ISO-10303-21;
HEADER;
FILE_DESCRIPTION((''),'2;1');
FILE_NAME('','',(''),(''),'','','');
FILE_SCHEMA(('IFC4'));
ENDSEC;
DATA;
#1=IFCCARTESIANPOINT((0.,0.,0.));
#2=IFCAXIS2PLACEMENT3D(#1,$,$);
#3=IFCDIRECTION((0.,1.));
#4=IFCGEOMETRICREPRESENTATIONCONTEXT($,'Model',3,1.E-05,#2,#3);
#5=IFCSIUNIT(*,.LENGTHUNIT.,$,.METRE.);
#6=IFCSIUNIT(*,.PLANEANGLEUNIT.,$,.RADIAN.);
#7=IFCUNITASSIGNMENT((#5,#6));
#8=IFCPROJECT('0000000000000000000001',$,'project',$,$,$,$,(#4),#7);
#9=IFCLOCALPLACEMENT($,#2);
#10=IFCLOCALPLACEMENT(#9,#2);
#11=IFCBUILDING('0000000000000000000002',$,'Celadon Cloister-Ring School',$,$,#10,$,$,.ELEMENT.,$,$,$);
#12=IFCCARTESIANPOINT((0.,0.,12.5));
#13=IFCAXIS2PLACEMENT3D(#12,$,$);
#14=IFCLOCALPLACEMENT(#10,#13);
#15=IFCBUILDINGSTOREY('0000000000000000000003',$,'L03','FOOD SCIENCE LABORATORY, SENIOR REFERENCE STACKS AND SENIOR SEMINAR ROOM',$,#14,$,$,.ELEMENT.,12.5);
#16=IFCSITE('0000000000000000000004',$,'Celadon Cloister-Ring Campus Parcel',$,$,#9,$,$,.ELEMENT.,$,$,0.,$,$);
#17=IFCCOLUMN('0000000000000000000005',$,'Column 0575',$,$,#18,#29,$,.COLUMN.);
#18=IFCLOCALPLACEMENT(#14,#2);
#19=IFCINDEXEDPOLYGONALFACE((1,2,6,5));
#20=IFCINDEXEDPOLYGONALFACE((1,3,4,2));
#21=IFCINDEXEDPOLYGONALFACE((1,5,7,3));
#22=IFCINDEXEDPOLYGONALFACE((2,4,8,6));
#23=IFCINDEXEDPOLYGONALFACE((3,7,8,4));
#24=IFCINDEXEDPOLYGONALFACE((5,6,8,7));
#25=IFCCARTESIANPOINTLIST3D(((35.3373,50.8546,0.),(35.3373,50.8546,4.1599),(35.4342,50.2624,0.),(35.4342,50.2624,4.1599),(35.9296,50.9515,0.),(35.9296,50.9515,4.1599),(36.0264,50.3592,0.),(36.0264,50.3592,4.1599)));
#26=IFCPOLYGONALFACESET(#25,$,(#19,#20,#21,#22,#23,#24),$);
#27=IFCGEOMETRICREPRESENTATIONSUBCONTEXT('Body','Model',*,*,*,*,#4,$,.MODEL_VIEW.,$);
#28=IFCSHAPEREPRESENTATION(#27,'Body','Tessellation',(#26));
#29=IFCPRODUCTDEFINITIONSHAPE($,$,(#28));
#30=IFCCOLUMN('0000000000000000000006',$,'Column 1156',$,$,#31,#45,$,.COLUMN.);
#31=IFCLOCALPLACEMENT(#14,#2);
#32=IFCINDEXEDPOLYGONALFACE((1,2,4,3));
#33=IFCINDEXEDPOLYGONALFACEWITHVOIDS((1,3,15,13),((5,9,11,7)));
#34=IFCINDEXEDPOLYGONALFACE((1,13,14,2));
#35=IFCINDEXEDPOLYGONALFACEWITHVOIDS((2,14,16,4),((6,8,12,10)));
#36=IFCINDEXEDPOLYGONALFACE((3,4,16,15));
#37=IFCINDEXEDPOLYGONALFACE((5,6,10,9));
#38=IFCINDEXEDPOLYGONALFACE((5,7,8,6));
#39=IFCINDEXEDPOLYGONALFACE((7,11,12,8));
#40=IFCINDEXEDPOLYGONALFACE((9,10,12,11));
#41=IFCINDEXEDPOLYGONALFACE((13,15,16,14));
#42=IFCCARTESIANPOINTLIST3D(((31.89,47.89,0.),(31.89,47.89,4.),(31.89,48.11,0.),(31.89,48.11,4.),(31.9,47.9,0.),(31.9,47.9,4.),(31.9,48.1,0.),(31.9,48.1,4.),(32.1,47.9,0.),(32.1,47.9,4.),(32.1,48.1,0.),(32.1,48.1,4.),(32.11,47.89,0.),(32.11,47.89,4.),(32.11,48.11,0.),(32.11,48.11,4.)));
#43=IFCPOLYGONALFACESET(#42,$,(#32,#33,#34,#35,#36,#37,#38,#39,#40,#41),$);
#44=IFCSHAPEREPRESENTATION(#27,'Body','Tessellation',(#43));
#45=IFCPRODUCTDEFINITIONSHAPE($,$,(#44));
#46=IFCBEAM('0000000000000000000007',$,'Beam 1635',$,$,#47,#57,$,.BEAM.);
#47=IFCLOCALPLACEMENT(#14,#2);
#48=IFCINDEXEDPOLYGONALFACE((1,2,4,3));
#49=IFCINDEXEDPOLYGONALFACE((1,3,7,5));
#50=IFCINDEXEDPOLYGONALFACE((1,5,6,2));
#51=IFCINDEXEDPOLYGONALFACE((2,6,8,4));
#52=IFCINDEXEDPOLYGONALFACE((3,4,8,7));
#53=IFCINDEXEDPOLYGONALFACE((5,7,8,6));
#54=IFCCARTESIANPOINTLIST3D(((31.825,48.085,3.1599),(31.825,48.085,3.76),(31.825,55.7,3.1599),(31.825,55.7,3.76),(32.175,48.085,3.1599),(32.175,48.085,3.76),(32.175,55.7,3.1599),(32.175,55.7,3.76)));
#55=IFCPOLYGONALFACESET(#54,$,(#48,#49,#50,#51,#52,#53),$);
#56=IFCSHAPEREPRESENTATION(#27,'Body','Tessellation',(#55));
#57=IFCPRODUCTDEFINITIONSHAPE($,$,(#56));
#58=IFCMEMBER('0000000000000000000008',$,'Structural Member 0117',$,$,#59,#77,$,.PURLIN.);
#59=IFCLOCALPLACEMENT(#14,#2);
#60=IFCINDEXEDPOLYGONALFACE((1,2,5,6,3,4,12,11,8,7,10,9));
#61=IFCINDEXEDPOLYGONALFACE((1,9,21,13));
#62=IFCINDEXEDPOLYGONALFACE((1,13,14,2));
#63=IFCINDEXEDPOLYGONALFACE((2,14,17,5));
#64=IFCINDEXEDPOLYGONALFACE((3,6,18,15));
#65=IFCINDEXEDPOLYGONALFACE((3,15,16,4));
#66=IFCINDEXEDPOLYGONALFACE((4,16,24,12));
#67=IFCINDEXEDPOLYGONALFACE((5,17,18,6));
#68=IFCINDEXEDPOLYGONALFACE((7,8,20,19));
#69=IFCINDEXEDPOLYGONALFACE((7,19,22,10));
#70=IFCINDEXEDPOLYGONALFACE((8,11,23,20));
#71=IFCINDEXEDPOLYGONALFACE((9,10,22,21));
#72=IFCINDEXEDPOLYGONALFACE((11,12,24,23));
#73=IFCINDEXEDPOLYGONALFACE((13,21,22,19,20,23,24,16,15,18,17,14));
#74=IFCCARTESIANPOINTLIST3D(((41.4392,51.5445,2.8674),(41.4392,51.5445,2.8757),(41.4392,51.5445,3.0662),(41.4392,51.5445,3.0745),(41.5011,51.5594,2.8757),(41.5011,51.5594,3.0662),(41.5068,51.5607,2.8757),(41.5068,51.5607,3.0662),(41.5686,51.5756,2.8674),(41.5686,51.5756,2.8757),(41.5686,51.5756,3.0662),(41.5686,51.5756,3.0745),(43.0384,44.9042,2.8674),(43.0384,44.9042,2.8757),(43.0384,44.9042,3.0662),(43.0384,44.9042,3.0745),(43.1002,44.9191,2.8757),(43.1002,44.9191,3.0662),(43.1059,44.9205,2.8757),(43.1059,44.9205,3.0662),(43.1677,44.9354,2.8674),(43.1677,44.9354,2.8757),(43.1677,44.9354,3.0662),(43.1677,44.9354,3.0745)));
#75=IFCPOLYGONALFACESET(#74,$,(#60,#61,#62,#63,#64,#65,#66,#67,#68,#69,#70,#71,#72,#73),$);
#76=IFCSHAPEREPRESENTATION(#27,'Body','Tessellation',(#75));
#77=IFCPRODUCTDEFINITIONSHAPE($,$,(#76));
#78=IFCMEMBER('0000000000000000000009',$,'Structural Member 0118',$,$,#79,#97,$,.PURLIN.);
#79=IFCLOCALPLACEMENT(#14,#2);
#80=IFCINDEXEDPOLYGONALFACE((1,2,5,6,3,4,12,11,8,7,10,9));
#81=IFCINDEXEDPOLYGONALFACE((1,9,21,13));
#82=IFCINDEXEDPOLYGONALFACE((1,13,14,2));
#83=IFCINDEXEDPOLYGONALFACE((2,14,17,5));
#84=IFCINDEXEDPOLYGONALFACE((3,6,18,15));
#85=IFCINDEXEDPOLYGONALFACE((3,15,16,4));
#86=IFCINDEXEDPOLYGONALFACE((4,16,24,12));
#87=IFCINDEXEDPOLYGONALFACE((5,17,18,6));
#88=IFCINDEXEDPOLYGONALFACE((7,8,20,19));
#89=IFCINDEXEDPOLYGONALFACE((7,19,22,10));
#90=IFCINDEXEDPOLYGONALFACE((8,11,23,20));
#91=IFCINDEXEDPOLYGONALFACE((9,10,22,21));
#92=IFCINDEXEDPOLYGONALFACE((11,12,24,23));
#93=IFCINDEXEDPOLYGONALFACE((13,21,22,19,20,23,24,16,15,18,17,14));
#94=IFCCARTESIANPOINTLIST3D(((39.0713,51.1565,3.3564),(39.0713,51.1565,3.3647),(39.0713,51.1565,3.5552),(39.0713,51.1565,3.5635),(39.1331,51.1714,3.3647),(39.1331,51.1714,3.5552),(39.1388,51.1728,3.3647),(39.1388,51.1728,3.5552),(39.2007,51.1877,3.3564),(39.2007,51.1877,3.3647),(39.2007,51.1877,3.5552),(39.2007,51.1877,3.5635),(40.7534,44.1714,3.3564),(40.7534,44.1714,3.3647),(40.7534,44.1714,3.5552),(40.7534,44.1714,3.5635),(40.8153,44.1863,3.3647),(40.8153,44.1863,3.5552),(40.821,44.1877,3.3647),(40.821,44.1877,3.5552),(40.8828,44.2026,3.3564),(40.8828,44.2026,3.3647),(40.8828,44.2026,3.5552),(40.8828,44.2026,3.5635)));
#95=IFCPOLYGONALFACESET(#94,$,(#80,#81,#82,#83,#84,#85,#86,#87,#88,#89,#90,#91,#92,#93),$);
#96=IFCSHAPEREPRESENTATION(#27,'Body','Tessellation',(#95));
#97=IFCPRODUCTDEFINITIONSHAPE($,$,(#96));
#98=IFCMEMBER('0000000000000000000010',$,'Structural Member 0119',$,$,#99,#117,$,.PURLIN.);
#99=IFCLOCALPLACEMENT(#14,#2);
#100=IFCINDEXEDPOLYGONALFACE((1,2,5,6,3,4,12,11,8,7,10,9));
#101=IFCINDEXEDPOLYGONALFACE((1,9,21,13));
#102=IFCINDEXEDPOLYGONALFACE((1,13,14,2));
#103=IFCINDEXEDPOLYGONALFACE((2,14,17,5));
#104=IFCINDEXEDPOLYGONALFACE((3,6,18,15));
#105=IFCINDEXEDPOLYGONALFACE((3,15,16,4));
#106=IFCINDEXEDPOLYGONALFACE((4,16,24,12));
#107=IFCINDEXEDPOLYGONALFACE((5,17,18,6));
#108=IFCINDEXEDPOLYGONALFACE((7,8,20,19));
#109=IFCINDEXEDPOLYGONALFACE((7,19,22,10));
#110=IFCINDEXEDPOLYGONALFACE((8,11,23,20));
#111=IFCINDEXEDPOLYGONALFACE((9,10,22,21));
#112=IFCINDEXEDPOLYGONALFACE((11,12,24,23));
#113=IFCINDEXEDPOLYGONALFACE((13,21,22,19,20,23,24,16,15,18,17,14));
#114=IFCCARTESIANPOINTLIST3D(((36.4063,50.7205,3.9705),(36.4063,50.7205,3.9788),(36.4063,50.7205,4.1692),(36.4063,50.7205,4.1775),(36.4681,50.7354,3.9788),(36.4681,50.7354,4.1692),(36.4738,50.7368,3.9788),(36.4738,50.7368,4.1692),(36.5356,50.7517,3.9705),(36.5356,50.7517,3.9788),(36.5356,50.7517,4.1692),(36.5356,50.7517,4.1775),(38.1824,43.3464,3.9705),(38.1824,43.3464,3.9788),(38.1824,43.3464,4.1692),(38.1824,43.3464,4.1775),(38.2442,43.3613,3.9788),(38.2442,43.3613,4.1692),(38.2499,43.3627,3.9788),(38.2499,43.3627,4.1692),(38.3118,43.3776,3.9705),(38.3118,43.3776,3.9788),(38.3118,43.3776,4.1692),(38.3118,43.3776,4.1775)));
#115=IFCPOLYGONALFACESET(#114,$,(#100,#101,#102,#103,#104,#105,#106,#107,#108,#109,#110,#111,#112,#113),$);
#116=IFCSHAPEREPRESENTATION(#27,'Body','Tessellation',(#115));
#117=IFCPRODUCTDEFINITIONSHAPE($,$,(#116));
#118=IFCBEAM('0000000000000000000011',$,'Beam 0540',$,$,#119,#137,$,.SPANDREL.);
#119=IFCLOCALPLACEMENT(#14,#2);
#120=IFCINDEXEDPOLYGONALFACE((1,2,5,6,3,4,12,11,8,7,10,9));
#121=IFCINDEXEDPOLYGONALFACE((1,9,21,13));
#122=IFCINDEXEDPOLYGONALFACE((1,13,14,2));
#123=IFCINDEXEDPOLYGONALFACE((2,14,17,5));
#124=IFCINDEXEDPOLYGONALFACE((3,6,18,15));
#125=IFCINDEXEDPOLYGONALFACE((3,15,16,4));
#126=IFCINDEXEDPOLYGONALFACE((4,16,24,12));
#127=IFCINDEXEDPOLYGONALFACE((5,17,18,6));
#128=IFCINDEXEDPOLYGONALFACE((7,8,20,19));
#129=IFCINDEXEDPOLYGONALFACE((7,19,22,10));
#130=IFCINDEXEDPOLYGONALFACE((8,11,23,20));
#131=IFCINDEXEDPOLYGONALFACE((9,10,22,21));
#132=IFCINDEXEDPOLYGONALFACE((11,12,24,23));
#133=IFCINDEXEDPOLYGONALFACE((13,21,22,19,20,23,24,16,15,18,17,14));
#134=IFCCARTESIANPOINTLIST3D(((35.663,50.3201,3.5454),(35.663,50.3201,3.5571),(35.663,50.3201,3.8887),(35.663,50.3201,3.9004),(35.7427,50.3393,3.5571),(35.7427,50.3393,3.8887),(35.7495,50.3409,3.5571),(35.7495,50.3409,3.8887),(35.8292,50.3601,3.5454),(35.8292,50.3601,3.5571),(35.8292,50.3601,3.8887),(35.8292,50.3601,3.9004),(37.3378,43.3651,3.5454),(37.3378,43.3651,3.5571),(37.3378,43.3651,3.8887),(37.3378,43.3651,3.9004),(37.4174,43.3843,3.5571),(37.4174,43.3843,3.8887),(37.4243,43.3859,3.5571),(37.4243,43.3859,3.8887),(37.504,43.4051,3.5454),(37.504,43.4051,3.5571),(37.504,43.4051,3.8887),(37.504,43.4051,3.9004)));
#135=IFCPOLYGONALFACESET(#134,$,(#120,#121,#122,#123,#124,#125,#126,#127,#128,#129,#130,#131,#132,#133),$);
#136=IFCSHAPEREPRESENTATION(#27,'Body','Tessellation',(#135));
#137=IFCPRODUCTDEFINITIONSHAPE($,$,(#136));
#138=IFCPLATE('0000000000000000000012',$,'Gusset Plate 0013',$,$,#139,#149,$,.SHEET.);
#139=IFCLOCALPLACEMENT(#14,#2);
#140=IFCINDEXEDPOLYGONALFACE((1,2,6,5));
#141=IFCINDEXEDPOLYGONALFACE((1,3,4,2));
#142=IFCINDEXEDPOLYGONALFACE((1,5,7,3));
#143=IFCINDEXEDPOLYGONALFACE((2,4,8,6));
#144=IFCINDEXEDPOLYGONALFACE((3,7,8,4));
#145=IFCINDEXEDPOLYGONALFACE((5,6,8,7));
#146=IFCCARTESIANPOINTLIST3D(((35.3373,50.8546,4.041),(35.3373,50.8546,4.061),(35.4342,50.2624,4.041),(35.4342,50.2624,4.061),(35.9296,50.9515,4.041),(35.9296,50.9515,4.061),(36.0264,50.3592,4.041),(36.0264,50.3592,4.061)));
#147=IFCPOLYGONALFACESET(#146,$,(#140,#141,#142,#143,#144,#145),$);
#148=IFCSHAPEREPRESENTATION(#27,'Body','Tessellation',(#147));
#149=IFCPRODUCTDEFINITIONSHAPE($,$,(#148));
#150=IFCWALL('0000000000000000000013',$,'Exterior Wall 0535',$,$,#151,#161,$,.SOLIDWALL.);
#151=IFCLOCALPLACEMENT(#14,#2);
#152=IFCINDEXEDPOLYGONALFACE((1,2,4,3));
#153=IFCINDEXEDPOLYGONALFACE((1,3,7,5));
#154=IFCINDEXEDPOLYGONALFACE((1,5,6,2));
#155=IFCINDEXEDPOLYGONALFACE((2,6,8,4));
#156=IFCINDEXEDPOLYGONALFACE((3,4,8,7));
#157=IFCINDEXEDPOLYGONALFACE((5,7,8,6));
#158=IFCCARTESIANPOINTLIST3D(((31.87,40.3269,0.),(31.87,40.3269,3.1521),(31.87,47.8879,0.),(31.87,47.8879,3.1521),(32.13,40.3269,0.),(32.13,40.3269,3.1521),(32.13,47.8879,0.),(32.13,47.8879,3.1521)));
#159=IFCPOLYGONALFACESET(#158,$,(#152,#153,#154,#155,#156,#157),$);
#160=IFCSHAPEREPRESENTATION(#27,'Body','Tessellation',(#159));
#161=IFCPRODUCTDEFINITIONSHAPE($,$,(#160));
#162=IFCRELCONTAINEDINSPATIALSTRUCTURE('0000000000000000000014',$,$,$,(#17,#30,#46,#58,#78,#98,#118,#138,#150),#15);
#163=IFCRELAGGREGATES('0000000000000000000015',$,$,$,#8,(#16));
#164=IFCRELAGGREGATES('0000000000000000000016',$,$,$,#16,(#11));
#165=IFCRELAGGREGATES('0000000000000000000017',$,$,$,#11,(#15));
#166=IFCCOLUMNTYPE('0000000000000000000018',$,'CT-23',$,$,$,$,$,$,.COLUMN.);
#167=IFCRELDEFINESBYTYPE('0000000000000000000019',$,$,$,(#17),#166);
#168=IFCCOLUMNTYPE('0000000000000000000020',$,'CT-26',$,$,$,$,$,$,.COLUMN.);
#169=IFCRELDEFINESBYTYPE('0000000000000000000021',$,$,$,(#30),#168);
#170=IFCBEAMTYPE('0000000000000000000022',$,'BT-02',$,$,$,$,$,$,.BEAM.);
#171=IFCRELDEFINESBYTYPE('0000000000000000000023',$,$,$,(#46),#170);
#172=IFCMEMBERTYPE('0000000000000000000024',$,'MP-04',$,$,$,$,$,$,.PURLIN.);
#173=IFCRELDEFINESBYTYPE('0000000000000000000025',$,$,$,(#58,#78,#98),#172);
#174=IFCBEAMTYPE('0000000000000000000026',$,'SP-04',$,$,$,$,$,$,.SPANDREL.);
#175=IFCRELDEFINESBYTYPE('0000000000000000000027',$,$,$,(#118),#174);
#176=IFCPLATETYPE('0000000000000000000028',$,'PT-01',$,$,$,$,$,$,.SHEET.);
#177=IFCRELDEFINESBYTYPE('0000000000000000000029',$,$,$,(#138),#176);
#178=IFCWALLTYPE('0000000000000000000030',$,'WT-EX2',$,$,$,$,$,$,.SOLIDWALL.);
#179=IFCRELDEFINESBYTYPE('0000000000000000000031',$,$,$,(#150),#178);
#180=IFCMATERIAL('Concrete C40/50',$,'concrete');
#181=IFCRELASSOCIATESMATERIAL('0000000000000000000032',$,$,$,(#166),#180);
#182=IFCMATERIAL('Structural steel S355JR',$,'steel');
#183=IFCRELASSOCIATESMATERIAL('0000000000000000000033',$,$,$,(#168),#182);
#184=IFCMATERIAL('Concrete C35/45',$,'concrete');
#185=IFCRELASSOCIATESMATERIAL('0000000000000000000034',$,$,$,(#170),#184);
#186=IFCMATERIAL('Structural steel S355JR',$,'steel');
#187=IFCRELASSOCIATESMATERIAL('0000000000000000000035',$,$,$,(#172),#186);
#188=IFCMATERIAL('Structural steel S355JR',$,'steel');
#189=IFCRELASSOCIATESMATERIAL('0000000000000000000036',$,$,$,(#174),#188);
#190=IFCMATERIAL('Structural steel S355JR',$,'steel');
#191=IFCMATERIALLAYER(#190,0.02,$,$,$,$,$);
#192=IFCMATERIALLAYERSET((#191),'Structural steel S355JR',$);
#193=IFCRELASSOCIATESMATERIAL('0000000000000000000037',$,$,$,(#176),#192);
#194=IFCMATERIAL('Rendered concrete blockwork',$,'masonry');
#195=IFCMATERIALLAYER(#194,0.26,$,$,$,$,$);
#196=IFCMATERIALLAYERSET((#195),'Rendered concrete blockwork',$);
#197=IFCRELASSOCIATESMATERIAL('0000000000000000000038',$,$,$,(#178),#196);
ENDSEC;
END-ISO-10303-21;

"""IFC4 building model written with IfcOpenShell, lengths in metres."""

from ifc_helpers import new_model, si_unit, direction, frame, frame_2d, origin, origin_2d, place, context, subcontext, project, spatial, rectangle, hollow_rectangle, i_section, extrude, material, layer, layer_set, material_profile, profile_set, type_object, element, save


model = new_model("IFC4")

# Units and contexts
model_context = context("Model", 3, precision=1e-05, world=origin(), true_north=direction((0.0, 1.0)))
body_context = subcontext(model_context, "Body", "Model", "MODEL_VIEW")
ifc_project = project(units=[si_unit("LENGTHUNIT", "METRE"), si_unit("PLANEANGLEUNIT", "RADIAN")], contexts=[model_context])

# Site, building, storey
site_placement = place(None, origin())
site = spatial("IfcSite", under=ifc_project, at=site_placement, Name="Celadon Cloister-Ring Campus Parcel", CompositionType="ELEMENT", RefElevation=0.0)
building_placement = place(site_placement, origin())
building = spatial("IfcBuilding", under=site, at=building_placement, Name="Celadon Cloister-Ring School", CompositionType="ELEMENT")
storey_placement = place(building_placement, frame((0.0, 0.0, 12.5)))
storey = spatial("IfcBuildingStorey", under=building, at=storey_placement, Name="L03", Description="FOOD SCIENCE LABORATORY, SENIOR REFERENCE STACKS AND SENIOR SEMINAR ROOM", CompositionType="ELEMENT", Elevation=12.5)

# Columns
ifc_material_1 = material(Name="Concrete C40/50", Category="concrete")
ifc_material_profile_1 = material_profile(ifc_material_1, rectangle(XDim=0.6001, YDim=0.6001, at=origin_2d()), Name="RC600X600")
ifc_profile_set_1 = profile_set([ifc_material_profile_1], Name="Concrete C40/50")
column_type_1 = type_object("IfcColumnType", Name="CT-23", PredefinedType="COLUMN", material=ifc_profile_set_1)
column_1_placement = place(storey_placement, frame((35.6819, 50.6069, 0.0), z_axis=(0.0, 0.0, 1.0), x_axis=(-0.98689, -0.161397, 0.0)))
element("IfcColumn", 1, at=column_1_placement, inside=storey, type_object=column_type_1, Name="Column 0575", PredefinedType="COLUMN", context=body_context, shape_type="SweptSolid", body=[
    extrude(rectangle(XDim=0.6001, YDim=0.6001, at=origin_2d()), origin(), (0.0, 0.0, 1.0), 4.1599),
])
ifc_material_2 = material(Name="Structural steel S355JR", Category="steel")
ifc_material_profile_2 = material_profile(ifc_material_2, hollow_rectangle(XDim=0.22, YDim=0.22, WallThickness=0.01, at=origin_2d()), Name="HSS220X220X10")
ifc_profile_set_2 = profile_set([ifc_material_profile_2], Name="Structural steel S355JR")
column_type_2 = type_object("IfcColumnType", Name="CT-26", PredefinedType="COLUMN", material=ifc_profile_set_2)
column_2_placement = place(storey_placement, frame((32.0, 48.0, 0.0), z_axis=(0.0, 0.0, 1.0), x_axis=(1.0, 0.0, 0.0)))
element("IfcColumn", 2, at=column_2_placement, inside=storey, type_object=column_type_2, Name="Column 1156", PredefinedType="COLUMN", context=body_context, shape_type="SweptSolid", body=[
    extrude(hollow_rectangle(XDim=0.22, YDim=0.22, WallThickness=0.01, at=origin_2d()), origin(), (0.0, 0.0, 1.0), 4.0),
])

# Beam
ifc_material_3 = material(Name="Concrete C35/45", Category="concrete")
ifc_material_profile_3 = material_profile(ifc_material_3, rectangle(XDim=0.3501, YDim=0.6001, at=origin_2d()), Name="RC350X600")
ifc_profile_set_3 = profile_set([ifc_material_profile_3], Name="Concrete C35/45")
beam_type_1 = type_object("IfcBeamType", Name="BT-02", PredefinedType="BEAM", material=ifc_profile_set_3)
beam_1_placement = place(storey_placement, frame((32.0, 48.085, 3.46), z_axis=(0.0, 1.0, 0.0), x_axis=(-1.0, 0.0, 0.0)))
element("IfcBeam", 3, at=beam_1_placement, inside=storey, type_object=beam_type_1, Name="Beam 1635", PredefinedType="BEAM", context=body_context, shape_type="SweptSolid", body=[
    extrude(rectangle(XDim=0.3501, YDim=0.6001, at=origin_2d()), origin(), (0.0, 0.0, 1.0), 7.615),
])

# Members
ifc_material_4 = material(Name="Structural steel S355JR", Category="steel")
ifc_material_profile_4 = material_profile(ifc_material_4, i_section(OverallWidth=0.1331, OverallDepth=0.207, WebThickness=0.0059, FlangeThickness=0.0083, at=origin_2d()), Name="W200X27")
ifc_profile_set_4 = profile_set([ifc_material_profile_4], Name="Structural steel S355JR")
member_type = type_object("IfcMemberType", Name="MP-04", PredefinedType="PURLIN", material=ifc_profile_set_4)
member_1_placement = place(storey_placement, frame((41.5039, 51.5601, 2.9709), z_axis=(0.234133, -0.972205, 0.0), x_axis=(0.972205, 0.234133, 0.0)))
element("IfcMember", 4, at=member_1_placement, inside=storey, type_object=member_type, Name="Structural Member 0117", PredefinedType="PURLIN", context=body_context, shape_type="SweptSolid", body=[
    extrude(i_section(OverallWidth=0.1331, OverallDepth=0.207, WebThickness=0.0059, FlangeThickness=0.0083, at=origin_2d()), origin(), (0.0, 0.0, 1.0), 6.8301),
])
member_2_placement = place(storey_placement, frame((39.136, 51.1721, 3.46), z_axis=(0.234123, -0.972207, 0.0), x_axis=(0.972207, 0.234123, 0.0)))
element("IfcMember", 5, at=member_2_placement, inside=storey, type_object=member_type, Name="Structural Member 0118", PredefinedType="PURLIN", context=body_context, shape_type="SweptSolid", body=[
    extrude(i_section(OverallWidth=0.1331, OverallDepth=0.207, WebThickness=0.0059, FlangeThickness=0.0083, at=origin_2d()), origin(), (0.0, 0.0, 1.0), 7.1848),
])
member_3_placement = place(storey_placement, frame((36.4709, 50.7361, 4.074), z_axis=(0.234165, -0.972197, 0.0), x_axis=(0.972197, 0.234165, 0.0)))
element("IfcMember", 6, at=member_3_placement, inside=storey, type_object=member_type, Name="Structural Member 0119", PredefinedType="PURLIN", context=body_context, shape_type="SweptSolid", body=[
    extrude(i_section(OverallWidth=0.1331, OverallDepth=0.207, WebThickness=0.0059, FlangeThickness=0.0083, at=origin_2d()), origin(), (0.0, 0.0, 1.0), 7.585),
])

# Beam
ifc_material_5 = material(Name="Structural steel S355JR", Category="steel")
ifc_material_profile_5 = material_profile(ifc_material_5, i_section(OverallWidth=0.1709, OverallDepth=0.355, WebThickness=0.0071, FlangeThickness=0.0117, at=origin_2d()), Name="W360X51")
ifc_profile_set_5 = profile_set([ifc_material_profile_5], Name="Structural steel S355JR")
beam_type_2 = type_object("IfcBeamType", Name="SP-04", PredefinedType="SPANDREL", material=ifc_profile_set_5)
beam_2_placement = place(storey_placement, frame((35.7461, 50.3401, 3.7229), z_axis=(0.234111, -0.97221, 0.0), x_axis=(0.97221, 0.234111, 0.0)))
element("IfcBeam", 7, at=beam_2_placement, inside=storey, type_object=beam_type_2, Name="Beam 0540", PredefinedType="SPANDREL", context=body_context, shape_type="SweptSolid", body=[
    extrude(i_section(OverallWidth=0.1709, OverallDepth=0.355, WebThickness=0.0071, FlangeThickness=0.0117, at=origin_2d()), origin(), (0.0, 0.0, 1.0), 7.1538),
])

# Plate
ifc_material_6 = material(Name="Structural steel S355JR", Category="steel")
ifc_layer_1 = layer(ifc_material_6, 0.02)
ifc_layer_set_1 = layer_set([ifc_layer_1], Name="Structural steel S355JR")
plate_type = type_object("IfcPlateType", Name="PT-01", PredefinedType="SHEET", material=ifc_layer_set_1)
plate_placement = place(storey_placement, frame((35.6819, 50.6069, 4.041), z_axis=(0.0, 0.0, 1.0), x_axis=(-0.98689, -0.161397, 0.0)))
element("IfcPlate", 8, at=plate_placement, inside=storey, type_object=plate_type, Name="Gusset Plate 0013", PredefinedType="SHEET", context=body_context, shape_type="SweptSolid", body=[
    extrude(rectangle(XDim=0.6001, YDim=0.6001, at=origin_2d()), origin(), (0.0, 0.0, 1.0), 0.02),
])

# Wall
ifc_material_7 = material(Name="Rendered concrete blockwork", Category="masonry")
ifc_layer_2 = layer(ifc_material_7, 0.26)
ifc_layer_set_2 = layer_set([ifc_layer_2], Name="Rendered concrete blockwork")
wall_type_1 = type_object("IfcWallType", Name="WT-EX2", PredefinedType="SOLIDWALL", material=ifc_layer_set_2)
wall_1_placement = place(storey_placement, frame((32.0, 47.8879, 0.0), z_axis=(0.0, 0.0, 1.0), x_axis=(0.0, -1.0, 0.0)))
element("IfcWall", 9, at=wall_1_placement, inside=storey, type_object=wall_type_1, Name="Exterior Wall 0535", PredefinedType="SOLIDWALL", context=body_context, shape_type="SweptSolid", body=[
    extrude(rectangle(XDim=7.561, YDim=0.26, at=frame_2d((3.7805, 0.0))), origin(), (0.0, 0.0, 1.0), 3.1521),
])

save(model, "model.ifc")
